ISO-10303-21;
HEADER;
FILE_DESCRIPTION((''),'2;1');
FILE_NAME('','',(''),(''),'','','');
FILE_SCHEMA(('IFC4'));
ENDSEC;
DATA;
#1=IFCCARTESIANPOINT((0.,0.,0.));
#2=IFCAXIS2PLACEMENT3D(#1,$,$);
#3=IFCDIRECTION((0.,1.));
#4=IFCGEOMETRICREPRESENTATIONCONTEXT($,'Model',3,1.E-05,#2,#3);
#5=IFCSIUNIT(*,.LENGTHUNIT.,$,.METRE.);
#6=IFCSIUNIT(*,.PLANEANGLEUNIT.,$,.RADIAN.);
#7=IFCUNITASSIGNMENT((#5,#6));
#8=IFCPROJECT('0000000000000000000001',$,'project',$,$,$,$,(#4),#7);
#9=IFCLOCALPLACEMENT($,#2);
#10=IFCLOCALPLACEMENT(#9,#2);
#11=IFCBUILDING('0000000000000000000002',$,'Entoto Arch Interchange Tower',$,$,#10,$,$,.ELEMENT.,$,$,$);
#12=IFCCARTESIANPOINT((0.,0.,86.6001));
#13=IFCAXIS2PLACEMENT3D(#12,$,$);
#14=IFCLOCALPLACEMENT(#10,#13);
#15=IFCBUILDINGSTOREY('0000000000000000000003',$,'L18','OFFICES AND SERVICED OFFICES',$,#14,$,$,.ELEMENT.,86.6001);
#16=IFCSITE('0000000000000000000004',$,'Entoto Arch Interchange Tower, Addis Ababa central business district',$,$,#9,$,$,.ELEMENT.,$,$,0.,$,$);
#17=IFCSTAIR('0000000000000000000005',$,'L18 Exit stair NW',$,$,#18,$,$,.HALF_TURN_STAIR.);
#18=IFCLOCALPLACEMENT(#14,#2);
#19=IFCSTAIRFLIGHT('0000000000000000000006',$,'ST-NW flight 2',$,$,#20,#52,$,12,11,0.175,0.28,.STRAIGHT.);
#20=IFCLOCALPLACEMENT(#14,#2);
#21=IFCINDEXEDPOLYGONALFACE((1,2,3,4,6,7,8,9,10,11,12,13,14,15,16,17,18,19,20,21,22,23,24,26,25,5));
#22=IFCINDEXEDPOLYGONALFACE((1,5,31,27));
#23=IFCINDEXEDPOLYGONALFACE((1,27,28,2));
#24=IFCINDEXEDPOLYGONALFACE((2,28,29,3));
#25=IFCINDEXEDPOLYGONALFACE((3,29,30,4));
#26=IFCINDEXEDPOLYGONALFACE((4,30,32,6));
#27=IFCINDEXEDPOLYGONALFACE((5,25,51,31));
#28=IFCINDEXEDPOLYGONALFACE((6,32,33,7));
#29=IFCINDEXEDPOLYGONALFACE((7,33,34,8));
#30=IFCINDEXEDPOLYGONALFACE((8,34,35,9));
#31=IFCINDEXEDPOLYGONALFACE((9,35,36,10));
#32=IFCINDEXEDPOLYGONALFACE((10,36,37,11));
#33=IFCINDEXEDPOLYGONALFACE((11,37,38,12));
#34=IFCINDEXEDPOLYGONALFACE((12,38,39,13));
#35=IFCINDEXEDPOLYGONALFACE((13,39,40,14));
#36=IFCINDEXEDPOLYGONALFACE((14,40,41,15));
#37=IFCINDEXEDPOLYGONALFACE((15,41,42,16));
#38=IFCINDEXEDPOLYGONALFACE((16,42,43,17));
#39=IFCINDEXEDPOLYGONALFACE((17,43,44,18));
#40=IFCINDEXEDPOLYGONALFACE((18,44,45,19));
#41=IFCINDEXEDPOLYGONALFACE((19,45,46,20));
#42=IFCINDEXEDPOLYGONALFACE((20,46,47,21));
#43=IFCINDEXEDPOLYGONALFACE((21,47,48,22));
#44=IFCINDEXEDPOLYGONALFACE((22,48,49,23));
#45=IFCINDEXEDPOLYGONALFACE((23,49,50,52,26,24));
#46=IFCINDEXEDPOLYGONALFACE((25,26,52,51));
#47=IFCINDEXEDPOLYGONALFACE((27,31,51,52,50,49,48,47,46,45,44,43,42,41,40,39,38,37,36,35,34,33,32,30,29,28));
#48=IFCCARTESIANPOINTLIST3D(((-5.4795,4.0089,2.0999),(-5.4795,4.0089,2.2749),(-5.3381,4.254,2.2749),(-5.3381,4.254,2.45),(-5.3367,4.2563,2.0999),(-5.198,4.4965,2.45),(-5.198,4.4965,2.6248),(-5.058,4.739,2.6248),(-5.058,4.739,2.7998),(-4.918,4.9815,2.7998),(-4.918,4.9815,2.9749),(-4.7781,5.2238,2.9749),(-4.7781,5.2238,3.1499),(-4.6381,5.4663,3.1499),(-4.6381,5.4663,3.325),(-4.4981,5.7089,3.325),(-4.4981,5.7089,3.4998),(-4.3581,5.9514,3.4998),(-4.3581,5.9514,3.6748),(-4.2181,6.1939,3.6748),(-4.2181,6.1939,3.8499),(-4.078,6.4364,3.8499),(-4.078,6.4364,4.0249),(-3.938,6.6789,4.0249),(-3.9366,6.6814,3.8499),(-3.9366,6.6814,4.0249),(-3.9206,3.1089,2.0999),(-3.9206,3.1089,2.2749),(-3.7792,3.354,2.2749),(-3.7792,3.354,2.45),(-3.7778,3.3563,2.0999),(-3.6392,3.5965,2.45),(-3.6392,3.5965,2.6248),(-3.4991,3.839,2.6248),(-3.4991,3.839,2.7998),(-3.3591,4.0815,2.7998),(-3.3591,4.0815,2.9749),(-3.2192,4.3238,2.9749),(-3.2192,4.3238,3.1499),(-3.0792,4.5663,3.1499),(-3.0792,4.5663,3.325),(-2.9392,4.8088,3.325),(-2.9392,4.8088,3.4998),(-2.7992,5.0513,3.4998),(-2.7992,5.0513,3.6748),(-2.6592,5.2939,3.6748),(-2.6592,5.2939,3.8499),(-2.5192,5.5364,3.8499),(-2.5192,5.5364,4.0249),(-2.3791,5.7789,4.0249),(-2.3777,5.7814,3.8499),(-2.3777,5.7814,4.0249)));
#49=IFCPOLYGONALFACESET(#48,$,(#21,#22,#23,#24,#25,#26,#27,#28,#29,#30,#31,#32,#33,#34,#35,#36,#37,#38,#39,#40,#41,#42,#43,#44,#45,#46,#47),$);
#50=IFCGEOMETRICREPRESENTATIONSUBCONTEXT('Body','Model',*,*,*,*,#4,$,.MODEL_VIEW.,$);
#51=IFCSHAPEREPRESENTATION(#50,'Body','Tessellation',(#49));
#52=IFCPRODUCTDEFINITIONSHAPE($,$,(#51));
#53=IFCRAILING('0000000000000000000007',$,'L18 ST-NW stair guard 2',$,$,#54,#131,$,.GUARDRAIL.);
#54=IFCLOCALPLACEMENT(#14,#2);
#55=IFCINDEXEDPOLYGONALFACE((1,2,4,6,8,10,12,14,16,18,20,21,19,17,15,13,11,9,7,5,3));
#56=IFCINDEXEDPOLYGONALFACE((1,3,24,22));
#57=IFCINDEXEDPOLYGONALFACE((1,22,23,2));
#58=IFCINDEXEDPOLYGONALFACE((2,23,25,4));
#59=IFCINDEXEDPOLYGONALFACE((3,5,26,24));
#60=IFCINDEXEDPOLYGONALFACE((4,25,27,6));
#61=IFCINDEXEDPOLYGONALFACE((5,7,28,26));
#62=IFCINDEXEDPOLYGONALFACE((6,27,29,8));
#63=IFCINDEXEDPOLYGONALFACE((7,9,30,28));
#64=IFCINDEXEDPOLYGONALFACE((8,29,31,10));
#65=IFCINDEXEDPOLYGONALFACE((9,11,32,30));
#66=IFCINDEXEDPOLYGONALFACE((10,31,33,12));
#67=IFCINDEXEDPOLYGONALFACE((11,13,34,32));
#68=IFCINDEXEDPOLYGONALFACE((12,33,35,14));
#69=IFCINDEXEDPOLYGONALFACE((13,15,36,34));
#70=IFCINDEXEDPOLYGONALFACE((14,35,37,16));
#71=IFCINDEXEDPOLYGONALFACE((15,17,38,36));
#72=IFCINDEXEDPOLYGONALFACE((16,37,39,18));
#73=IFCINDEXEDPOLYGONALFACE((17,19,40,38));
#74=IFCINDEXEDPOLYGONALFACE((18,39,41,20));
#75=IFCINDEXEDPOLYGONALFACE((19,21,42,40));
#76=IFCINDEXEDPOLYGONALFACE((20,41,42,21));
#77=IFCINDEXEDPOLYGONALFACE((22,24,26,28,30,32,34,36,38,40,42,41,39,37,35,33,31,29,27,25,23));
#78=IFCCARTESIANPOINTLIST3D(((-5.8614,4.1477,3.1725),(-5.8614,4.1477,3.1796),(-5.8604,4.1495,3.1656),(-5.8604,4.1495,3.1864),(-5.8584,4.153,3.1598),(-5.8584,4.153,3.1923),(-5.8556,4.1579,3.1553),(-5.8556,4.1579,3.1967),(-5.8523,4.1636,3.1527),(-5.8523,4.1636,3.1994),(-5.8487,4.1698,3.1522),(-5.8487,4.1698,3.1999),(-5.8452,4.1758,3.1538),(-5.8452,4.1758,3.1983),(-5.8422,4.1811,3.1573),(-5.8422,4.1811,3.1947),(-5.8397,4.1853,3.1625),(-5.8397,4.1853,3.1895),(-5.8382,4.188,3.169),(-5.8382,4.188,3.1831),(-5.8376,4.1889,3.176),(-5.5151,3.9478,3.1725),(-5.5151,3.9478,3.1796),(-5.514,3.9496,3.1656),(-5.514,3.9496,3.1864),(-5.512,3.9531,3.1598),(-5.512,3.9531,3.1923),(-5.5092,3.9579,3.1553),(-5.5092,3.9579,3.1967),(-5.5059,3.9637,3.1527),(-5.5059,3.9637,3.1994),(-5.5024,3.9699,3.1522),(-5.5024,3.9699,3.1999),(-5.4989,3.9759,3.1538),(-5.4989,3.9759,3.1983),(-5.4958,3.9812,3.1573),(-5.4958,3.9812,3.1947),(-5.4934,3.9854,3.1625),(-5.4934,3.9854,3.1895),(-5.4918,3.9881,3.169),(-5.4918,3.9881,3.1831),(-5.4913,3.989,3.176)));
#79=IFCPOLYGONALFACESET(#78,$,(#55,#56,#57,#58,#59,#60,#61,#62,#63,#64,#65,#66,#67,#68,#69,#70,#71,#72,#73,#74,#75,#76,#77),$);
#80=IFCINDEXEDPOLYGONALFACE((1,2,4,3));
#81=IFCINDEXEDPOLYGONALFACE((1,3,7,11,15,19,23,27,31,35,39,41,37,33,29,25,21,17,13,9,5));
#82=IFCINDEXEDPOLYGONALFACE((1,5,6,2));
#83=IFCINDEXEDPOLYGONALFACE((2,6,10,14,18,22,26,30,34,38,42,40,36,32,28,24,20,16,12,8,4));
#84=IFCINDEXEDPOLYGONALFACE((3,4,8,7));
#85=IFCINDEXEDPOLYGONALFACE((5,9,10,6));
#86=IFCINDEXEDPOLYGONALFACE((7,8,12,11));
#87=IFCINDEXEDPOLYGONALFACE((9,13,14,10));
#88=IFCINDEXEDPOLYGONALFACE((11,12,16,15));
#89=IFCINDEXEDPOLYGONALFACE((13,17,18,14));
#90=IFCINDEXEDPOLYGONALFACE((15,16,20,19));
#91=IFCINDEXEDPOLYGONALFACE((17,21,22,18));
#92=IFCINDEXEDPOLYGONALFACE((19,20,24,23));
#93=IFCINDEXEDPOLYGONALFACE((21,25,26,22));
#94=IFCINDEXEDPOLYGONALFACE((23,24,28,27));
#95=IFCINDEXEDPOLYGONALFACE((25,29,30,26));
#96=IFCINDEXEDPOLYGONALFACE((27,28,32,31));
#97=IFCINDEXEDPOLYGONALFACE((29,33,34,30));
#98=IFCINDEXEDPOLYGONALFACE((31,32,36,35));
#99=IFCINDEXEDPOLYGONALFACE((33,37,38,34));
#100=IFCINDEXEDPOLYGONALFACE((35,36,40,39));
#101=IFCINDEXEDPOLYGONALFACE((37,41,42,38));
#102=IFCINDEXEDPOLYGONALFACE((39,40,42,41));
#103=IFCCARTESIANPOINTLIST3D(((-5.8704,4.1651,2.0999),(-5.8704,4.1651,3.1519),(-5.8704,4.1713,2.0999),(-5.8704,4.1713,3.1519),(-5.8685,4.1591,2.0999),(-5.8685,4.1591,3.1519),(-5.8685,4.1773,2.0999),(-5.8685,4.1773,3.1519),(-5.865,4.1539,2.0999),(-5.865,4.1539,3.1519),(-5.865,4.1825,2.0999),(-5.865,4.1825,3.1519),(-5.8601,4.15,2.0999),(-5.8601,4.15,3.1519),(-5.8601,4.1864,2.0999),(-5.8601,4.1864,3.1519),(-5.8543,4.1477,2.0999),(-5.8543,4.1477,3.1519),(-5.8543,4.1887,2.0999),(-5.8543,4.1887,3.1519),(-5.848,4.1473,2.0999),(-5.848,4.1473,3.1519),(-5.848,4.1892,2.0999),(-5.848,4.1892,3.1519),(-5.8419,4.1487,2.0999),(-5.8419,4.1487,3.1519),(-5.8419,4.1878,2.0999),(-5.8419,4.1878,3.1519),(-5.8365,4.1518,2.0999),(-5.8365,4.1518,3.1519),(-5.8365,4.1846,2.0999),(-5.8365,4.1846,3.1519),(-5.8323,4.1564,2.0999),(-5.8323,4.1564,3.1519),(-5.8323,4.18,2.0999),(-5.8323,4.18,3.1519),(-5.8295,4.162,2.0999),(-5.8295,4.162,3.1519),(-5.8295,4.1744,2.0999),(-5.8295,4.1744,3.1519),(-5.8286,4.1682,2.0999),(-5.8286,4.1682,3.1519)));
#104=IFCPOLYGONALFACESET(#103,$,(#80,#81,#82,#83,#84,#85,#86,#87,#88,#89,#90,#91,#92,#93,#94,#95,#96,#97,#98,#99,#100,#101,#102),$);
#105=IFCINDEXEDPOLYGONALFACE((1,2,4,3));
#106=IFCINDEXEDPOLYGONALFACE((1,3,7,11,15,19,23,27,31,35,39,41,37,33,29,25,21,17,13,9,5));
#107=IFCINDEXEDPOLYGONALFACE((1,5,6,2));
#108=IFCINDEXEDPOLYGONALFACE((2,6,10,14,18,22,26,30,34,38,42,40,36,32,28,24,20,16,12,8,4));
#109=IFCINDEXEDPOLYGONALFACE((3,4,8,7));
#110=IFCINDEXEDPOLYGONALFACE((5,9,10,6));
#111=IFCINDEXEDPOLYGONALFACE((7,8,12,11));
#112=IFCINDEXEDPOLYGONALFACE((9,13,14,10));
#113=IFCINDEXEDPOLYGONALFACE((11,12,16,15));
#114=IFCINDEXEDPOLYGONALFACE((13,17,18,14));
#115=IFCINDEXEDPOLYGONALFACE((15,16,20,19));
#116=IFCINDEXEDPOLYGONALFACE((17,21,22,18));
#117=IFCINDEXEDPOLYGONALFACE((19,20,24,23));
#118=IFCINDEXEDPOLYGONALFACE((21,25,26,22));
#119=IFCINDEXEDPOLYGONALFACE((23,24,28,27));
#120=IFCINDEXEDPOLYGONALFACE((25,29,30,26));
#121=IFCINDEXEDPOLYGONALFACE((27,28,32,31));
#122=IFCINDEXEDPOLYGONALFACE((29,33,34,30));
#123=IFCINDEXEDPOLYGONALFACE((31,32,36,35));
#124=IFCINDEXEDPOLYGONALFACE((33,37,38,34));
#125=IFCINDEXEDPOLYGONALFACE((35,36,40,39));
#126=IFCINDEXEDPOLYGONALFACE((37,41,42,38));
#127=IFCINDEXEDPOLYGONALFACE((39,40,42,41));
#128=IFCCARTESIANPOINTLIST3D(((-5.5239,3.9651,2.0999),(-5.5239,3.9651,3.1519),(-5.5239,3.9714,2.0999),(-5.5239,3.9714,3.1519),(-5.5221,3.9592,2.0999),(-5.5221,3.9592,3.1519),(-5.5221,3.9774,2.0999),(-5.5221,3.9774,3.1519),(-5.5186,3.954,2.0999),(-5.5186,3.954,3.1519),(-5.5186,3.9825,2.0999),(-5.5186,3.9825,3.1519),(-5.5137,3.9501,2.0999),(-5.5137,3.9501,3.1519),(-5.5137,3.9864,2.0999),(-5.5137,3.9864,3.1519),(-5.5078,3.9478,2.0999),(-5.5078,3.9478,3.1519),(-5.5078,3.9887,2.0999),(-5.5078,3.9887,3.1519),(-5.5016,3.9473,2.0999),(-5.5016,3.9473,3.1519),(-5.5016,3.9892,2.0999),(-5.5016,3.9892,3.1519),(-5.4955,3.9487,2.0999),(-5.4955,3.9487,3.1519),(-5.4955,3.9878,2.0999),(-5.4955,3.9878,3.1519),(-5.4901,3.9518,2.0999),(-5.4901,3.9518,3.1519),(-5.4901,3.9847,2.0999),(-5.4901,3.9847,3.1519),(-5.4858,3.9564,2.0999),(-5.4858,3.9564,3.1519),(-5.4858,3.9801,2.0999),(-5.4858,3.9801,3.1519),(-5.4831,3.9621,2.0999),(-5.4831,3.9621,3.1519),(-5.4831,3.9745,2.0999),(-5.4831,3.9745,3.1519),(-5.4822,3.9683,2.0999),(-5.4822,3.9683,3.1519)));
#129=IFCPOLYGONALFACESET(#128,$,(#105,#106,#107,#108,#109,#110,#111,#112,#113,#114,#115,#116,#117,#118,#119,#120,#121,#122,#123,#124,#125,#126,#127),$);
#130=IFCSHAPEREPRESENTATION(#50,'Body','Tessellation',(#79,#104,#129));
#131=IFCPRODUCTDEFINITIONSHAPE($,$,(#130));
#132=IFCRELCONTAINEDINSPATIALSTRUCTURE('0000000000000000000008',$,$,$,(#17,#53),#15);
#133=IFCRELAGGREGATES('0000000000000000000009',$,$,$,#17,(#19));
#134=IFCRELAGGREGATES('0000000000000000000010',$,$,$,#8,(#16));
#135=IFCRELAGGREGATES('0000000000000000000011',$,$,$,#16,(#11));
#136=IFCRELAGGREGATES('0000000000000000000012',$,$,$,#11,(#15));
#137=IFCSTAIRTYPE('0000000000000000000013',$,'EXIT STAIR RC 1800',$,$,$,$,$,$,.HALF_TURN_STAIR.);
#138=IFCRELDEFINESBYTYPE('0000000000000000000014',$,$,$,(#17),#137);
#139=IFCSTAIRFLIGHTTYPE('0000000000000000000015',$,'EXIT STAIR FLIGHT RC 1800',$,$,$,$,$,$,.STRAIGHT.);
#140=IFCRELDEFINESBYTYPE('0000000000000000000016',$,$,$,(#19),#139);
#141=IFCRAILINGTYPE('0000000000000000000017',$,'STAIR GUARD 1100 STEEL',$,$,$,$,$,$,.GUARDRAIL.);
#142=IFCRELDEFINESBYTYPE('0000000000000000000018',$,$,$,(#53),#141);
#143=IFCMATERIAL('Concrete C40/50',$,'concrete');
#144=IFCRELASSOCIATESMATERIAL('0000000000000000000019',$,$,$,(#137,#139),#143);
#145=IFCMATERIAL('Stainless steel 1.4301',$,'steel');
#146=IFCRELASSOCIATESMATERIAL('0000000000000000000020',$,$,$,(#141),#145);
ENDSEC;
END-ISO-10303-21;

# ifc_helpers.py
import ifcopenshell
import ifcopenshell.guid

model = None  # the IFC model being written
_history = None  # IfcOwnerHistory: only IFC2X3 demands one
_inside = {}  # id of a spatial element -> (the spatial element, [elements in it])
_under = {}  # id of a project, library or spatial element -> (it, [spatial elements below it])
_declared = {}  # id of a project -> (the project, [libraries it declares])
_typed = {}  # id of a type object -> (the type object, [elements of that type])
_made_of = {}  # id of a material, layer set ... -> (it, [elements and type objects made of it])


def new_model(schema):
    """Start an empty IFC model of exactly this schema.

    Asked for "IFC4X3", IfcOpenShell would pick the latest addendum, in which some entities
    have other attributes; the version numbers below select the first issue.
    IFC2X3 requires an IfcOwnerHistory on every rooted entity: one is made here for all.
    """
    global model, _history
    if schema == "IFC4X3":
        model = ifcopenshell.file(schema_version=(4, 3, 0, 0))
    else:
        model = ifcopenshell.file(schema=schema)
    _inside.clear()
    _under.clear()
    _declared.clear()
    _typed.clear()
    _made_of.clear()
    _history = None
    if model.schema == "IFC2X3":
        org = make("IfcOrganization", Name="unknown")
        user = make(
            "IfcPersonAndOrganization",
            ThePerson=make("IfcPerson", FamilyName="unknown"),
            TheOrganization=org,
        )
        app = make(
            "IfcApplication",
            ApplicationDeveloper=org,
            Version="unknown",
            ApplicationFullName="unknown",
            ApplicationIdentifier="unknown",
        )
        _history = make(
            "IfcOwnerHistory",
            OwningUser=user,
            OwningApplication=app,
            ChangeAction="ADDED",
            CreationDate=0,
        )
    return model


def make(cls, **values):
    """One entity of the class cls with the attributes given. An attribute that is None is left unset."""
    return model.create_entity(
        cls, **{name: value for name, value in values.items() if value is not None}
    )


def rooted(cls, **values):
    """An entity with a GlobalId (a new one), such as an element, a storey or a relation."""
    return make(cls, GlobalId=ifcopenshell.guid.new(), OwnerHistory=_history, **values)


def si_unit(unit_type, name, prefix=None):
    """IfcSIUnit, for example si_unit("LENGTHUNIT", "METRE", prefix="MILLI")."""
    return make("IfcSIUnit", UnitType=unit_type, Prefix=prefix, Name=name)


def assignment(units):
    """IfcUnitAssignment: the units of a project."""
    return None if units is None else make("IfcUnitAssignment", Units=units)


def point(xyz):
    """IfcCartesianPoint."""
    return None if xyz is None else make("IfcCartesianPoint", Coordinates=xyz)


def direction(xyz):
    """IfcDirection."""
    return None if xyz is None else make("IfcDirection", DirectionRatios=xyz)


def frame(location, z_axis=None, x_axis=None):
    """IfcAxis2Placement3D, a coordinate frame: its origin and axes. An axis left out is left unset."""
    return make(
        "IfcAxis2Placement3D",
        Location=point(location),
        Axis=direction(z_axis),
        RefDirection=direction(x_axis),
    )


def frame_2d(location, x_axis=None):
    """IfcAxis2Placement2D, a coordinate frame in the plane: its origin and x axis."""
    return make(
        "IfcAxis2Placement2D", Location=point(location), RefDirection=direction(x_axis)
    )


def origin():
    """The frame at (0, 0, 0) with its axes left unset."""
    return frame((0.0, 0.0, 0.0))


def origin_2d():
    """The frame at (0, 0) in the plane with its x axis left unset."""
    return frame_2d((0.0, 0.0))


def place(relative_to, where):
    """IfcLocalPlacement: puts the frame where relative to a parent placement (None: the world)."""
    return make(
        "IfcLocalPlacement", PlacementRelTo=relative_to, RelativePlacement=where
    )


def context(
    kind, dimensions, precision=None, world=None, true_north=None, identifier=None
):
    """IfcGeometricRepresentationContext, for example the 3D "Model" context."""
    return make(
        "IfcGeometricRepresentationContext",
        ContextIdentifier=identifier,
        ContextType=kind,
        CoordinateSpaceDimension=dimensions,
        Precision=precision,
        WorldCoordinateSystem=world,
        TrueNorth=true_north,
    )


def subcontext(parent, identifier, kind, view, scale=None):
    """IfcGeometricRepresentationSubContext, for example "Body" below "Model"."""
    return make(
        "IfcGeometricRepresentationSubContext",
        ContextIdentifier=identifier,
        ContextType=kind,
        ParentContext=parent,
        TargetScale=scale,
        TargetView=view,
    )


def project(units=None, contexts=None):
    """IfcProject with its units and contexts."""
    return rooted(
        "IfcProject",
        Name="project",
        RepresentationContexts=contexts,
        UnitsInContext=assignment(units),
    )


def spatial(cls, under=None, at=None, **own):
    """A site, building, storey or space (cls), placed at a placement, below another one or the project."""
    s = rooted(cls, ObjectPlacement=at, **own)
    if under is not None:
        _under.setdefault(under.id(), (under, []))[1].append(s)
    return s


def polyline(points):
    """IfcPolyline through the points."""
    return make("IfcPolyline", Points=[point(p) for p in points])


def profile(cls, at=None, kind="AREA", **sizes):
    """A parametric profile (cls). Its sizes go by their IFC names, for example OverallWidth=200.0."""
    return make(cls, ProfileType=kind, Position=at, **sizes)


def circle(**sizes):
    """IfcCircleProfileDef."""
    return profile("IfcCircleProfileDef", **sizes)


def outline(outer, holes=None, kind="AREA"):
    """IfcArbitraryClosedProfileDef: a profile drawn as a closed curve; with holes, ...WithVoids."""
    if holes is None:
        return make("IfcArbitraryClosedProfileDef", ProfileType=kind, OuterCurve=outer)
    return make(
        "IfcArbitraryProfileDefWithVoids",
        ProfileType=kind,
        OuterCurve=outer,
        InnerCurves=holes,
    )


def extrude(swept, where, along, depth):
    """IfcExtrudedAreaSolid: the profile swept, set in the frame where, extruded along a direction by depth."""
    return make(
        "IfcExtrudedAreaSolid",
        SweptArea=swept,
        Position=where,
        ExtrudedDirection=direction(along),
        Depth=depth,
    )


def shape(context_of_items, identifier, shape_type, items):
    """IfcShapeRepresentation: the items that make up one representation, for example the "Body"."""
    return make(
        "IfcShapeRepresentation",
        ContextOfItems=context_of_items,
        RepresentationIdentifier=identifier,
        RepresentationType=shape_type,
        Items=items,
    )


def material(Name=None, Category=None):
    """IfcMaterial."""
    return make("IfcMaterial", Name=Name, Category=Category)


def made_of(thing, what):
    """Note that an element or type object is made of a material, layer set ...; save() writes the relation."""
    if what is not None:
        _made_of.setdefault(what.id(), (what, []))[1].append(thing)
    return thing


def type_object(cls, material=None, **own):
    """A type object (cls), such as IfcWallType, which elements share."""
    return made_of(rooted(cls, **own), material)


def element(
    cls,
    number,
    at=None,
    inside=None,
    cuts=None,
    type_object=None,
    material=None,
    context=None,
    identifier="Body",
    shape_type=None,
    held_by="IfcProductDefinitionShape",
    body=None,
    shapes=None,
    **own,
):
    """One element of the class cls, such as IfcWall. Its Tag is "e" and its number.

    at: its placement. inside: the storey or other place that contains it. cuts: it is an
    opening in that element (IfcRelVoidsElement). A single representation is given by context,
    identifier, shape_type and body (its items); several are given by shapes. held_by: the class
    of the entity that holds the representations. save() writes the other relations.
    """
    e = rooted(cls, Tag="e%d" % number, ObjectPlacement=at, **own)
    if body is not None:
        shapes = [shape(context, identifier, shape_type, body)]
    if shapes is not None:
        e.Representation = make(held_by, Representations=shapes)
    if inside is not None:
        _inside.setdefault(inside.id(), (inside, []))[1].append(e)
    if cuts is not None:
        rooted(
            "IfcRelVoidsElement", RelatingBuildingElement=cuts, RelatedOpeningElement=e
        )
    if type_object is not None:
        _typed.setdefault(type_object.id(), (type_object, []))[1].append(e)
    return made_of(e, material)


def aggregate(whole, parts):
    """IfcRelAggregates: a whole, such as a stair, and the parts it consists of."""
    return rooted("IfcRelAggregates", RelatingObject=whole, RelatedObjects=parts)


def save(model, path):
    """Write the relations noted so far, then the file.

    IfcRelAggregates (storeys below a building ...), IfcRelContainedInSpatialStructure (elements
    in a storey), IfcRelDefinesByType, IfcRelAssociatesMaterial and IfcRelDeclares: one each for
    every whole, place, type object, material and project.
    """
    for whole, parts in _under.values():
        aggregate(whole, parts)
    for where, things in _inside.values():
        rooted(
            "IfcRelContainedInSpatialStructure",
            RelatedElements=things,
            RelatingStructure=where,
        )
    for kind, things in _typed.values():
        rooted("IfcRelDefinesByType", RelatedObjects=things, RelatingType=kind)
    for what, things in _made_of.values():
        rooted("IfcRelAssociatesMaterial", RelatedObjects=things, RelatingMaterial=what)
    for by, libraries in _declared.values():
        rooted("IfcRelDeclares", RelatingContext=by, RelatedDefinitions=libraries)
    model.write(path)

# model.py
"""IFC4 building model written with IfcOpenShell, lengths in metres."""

from ifc_helpers import new_model, si_unit, direction, frame, origin, origin_2d, place, context, subcontext, project, spatial, polyline, circle, outline, extrude, material, type_object, element, aggregate, save


model = new_model("IFC4")

# Units and contexts
model_context = context("Model", 3, precision=1e-05, world=origin(), true_north=direction((0.0, 1.0)))
body_context = subcontext(model_context, "Body", "Model", "MODEL_VIEW")
ifc_project = project(units=[si_unit("LENGTHUNIT", "METRE"), si_unit("PLANEANGLEUNIT", "RADIAN")], contexts=[model_context])

# Site, building, storey
site_placement = place(None, origin())
site = spatial("IfcSite", under=ifc_project, at=site_placement, Name="Entoto Arch Interchange Tower, Addis Ababa central business district", CompositionType="ELEMENT", RefElevation=0.0)
building_placement = place(site_placement, origin())
building = spatial("IfcBuilding", under=site, at=building_placement, Name="Entoto Arch Interchange Tower", CompositionType="ELEMENT")
storey_placement = place(building_placement, frame((0.0, 0.0, 86.6001)))
storey = spatial("IfcBuildingStorey", under=building, at=storey_placement, Name="L18", Description="OFFICES AND SERVICED OFFICES", CompositionType="ELEMENT", Elevation=86.6001)

# Shared definitions
ifc_material_1 = material(Name="Concrete C40/50", Category="concrete")

# Stair, stair flight
stair_type = type_object("IfcStairType", Name="EXIT STAIR RC 1800", PredefinedType="HALF_TURN_STAIR", material=ifc_material_1)
stair_placement = place(storey_placement, origin())
stair = element("IfcStair", 1, at=stair_placement, inside=storey, type_object=stair_type, Name="L18 Exit stair NW", PredefinedType="HALF_TURN_STAIR")
stair_flight_type = type_object("IfcStairFlightType", Name="EXIT STAIR FLIGHT RC 1800", PredefinedType="STRAIGHT", material=ifc_material_1)
stair_flight_placement = place(storey_placement, frame((-4.6987, 3.5615, 2.0999), z_axis=(0.0, 0.0, 1.0), x_axis=(0.5, 0.866025, 0.0)))
stair_flight = element("IfcStairFlight", 2, at=stair_flight_placement, type_object=stair_flight_type, Name="ST-NW flight 2", NumberOfRisers=12, NumberOfTreads=11, PredefinedType="STRAIGHT", RiserHeight=0.175, TreadLength=0.28, context=body_context, shape_type="SweptSolid", body=[
    extrude(outline(polyline([(-0.0029, 0.0), (-0.0029, 0.175), (0.28, 0.175), (0.28, 0.3501), (0.5601, 0.3501), (0.5601, 0.5249), (0.8401, 0.5249), (0.8401, 0.7), (1.1201, 0.7), (1.1201, 0.875), (1.3999, 0.875), (1.3999, 1.05), (1.6799, 1.05), (1.6799, 1.2251), (1.96, 1.2251), (1.96, 1.3999), (2.24, 1.3999), (2.24, 1.575), (2.52, 1.575), (2.52, 1.75), (2.8, 1.75), (2.8, 1.925), (3.0801, 1.925), (3.083, 1.925), (3.083, 1.75), (0.2827, 0.0), (-0.0029, 0.0)])), frame((0.0, 0.8999, 0.0), z_axis=(0.0, -1.0, 0.0), x_axis=(1.0, 0.0, 0.0)), (0.0, 0.0, 1.0), 1.8),
])
aggregate(stair, [stair_flight])

# Railing
ifc_material_2 = material(Name="Stainless steel 1.4301", Category="steel")
railing_type = type_object("IfcRailingType", Name="STAIR GUARD 1100 STEEL", PredefinedType="GUARDRAIL", material=ifc_material_2)
railing_1_placement = place(storey_placement, frame((-5.8496, 4.1682, 2.0999)))
element("IfcRailing", 3, at=railing_1_placement, inside=storey, type_object=railing_type, Name="L18 ST-NW stair guard 2", PredefinedType="GUARDRAIL", context=body_context, shape_type="SweptSolid", body=[
    extrude(circle(Radius=0.0239, at=origin_2d()), frame((0.0, 0.0, 1.0762), z_axis=(0.866094, -0.499881, 0.0), x_axis=(0.499881, 0.866094, 0.0)), (0.0, 0.0, 1.0), 0.3999),
    extrude(circle(Radius=0.021, at=origin_2d()), origin(), (0.0, 0.0, 1.0), 1.052),
    extrude(circle(Radius=0.021, at=origin_2d()), frame((0.3464, -0.2, 0.0)), (0.0, 0.0, 1.0), 1.052),
])

save(model, "model.ifc")
